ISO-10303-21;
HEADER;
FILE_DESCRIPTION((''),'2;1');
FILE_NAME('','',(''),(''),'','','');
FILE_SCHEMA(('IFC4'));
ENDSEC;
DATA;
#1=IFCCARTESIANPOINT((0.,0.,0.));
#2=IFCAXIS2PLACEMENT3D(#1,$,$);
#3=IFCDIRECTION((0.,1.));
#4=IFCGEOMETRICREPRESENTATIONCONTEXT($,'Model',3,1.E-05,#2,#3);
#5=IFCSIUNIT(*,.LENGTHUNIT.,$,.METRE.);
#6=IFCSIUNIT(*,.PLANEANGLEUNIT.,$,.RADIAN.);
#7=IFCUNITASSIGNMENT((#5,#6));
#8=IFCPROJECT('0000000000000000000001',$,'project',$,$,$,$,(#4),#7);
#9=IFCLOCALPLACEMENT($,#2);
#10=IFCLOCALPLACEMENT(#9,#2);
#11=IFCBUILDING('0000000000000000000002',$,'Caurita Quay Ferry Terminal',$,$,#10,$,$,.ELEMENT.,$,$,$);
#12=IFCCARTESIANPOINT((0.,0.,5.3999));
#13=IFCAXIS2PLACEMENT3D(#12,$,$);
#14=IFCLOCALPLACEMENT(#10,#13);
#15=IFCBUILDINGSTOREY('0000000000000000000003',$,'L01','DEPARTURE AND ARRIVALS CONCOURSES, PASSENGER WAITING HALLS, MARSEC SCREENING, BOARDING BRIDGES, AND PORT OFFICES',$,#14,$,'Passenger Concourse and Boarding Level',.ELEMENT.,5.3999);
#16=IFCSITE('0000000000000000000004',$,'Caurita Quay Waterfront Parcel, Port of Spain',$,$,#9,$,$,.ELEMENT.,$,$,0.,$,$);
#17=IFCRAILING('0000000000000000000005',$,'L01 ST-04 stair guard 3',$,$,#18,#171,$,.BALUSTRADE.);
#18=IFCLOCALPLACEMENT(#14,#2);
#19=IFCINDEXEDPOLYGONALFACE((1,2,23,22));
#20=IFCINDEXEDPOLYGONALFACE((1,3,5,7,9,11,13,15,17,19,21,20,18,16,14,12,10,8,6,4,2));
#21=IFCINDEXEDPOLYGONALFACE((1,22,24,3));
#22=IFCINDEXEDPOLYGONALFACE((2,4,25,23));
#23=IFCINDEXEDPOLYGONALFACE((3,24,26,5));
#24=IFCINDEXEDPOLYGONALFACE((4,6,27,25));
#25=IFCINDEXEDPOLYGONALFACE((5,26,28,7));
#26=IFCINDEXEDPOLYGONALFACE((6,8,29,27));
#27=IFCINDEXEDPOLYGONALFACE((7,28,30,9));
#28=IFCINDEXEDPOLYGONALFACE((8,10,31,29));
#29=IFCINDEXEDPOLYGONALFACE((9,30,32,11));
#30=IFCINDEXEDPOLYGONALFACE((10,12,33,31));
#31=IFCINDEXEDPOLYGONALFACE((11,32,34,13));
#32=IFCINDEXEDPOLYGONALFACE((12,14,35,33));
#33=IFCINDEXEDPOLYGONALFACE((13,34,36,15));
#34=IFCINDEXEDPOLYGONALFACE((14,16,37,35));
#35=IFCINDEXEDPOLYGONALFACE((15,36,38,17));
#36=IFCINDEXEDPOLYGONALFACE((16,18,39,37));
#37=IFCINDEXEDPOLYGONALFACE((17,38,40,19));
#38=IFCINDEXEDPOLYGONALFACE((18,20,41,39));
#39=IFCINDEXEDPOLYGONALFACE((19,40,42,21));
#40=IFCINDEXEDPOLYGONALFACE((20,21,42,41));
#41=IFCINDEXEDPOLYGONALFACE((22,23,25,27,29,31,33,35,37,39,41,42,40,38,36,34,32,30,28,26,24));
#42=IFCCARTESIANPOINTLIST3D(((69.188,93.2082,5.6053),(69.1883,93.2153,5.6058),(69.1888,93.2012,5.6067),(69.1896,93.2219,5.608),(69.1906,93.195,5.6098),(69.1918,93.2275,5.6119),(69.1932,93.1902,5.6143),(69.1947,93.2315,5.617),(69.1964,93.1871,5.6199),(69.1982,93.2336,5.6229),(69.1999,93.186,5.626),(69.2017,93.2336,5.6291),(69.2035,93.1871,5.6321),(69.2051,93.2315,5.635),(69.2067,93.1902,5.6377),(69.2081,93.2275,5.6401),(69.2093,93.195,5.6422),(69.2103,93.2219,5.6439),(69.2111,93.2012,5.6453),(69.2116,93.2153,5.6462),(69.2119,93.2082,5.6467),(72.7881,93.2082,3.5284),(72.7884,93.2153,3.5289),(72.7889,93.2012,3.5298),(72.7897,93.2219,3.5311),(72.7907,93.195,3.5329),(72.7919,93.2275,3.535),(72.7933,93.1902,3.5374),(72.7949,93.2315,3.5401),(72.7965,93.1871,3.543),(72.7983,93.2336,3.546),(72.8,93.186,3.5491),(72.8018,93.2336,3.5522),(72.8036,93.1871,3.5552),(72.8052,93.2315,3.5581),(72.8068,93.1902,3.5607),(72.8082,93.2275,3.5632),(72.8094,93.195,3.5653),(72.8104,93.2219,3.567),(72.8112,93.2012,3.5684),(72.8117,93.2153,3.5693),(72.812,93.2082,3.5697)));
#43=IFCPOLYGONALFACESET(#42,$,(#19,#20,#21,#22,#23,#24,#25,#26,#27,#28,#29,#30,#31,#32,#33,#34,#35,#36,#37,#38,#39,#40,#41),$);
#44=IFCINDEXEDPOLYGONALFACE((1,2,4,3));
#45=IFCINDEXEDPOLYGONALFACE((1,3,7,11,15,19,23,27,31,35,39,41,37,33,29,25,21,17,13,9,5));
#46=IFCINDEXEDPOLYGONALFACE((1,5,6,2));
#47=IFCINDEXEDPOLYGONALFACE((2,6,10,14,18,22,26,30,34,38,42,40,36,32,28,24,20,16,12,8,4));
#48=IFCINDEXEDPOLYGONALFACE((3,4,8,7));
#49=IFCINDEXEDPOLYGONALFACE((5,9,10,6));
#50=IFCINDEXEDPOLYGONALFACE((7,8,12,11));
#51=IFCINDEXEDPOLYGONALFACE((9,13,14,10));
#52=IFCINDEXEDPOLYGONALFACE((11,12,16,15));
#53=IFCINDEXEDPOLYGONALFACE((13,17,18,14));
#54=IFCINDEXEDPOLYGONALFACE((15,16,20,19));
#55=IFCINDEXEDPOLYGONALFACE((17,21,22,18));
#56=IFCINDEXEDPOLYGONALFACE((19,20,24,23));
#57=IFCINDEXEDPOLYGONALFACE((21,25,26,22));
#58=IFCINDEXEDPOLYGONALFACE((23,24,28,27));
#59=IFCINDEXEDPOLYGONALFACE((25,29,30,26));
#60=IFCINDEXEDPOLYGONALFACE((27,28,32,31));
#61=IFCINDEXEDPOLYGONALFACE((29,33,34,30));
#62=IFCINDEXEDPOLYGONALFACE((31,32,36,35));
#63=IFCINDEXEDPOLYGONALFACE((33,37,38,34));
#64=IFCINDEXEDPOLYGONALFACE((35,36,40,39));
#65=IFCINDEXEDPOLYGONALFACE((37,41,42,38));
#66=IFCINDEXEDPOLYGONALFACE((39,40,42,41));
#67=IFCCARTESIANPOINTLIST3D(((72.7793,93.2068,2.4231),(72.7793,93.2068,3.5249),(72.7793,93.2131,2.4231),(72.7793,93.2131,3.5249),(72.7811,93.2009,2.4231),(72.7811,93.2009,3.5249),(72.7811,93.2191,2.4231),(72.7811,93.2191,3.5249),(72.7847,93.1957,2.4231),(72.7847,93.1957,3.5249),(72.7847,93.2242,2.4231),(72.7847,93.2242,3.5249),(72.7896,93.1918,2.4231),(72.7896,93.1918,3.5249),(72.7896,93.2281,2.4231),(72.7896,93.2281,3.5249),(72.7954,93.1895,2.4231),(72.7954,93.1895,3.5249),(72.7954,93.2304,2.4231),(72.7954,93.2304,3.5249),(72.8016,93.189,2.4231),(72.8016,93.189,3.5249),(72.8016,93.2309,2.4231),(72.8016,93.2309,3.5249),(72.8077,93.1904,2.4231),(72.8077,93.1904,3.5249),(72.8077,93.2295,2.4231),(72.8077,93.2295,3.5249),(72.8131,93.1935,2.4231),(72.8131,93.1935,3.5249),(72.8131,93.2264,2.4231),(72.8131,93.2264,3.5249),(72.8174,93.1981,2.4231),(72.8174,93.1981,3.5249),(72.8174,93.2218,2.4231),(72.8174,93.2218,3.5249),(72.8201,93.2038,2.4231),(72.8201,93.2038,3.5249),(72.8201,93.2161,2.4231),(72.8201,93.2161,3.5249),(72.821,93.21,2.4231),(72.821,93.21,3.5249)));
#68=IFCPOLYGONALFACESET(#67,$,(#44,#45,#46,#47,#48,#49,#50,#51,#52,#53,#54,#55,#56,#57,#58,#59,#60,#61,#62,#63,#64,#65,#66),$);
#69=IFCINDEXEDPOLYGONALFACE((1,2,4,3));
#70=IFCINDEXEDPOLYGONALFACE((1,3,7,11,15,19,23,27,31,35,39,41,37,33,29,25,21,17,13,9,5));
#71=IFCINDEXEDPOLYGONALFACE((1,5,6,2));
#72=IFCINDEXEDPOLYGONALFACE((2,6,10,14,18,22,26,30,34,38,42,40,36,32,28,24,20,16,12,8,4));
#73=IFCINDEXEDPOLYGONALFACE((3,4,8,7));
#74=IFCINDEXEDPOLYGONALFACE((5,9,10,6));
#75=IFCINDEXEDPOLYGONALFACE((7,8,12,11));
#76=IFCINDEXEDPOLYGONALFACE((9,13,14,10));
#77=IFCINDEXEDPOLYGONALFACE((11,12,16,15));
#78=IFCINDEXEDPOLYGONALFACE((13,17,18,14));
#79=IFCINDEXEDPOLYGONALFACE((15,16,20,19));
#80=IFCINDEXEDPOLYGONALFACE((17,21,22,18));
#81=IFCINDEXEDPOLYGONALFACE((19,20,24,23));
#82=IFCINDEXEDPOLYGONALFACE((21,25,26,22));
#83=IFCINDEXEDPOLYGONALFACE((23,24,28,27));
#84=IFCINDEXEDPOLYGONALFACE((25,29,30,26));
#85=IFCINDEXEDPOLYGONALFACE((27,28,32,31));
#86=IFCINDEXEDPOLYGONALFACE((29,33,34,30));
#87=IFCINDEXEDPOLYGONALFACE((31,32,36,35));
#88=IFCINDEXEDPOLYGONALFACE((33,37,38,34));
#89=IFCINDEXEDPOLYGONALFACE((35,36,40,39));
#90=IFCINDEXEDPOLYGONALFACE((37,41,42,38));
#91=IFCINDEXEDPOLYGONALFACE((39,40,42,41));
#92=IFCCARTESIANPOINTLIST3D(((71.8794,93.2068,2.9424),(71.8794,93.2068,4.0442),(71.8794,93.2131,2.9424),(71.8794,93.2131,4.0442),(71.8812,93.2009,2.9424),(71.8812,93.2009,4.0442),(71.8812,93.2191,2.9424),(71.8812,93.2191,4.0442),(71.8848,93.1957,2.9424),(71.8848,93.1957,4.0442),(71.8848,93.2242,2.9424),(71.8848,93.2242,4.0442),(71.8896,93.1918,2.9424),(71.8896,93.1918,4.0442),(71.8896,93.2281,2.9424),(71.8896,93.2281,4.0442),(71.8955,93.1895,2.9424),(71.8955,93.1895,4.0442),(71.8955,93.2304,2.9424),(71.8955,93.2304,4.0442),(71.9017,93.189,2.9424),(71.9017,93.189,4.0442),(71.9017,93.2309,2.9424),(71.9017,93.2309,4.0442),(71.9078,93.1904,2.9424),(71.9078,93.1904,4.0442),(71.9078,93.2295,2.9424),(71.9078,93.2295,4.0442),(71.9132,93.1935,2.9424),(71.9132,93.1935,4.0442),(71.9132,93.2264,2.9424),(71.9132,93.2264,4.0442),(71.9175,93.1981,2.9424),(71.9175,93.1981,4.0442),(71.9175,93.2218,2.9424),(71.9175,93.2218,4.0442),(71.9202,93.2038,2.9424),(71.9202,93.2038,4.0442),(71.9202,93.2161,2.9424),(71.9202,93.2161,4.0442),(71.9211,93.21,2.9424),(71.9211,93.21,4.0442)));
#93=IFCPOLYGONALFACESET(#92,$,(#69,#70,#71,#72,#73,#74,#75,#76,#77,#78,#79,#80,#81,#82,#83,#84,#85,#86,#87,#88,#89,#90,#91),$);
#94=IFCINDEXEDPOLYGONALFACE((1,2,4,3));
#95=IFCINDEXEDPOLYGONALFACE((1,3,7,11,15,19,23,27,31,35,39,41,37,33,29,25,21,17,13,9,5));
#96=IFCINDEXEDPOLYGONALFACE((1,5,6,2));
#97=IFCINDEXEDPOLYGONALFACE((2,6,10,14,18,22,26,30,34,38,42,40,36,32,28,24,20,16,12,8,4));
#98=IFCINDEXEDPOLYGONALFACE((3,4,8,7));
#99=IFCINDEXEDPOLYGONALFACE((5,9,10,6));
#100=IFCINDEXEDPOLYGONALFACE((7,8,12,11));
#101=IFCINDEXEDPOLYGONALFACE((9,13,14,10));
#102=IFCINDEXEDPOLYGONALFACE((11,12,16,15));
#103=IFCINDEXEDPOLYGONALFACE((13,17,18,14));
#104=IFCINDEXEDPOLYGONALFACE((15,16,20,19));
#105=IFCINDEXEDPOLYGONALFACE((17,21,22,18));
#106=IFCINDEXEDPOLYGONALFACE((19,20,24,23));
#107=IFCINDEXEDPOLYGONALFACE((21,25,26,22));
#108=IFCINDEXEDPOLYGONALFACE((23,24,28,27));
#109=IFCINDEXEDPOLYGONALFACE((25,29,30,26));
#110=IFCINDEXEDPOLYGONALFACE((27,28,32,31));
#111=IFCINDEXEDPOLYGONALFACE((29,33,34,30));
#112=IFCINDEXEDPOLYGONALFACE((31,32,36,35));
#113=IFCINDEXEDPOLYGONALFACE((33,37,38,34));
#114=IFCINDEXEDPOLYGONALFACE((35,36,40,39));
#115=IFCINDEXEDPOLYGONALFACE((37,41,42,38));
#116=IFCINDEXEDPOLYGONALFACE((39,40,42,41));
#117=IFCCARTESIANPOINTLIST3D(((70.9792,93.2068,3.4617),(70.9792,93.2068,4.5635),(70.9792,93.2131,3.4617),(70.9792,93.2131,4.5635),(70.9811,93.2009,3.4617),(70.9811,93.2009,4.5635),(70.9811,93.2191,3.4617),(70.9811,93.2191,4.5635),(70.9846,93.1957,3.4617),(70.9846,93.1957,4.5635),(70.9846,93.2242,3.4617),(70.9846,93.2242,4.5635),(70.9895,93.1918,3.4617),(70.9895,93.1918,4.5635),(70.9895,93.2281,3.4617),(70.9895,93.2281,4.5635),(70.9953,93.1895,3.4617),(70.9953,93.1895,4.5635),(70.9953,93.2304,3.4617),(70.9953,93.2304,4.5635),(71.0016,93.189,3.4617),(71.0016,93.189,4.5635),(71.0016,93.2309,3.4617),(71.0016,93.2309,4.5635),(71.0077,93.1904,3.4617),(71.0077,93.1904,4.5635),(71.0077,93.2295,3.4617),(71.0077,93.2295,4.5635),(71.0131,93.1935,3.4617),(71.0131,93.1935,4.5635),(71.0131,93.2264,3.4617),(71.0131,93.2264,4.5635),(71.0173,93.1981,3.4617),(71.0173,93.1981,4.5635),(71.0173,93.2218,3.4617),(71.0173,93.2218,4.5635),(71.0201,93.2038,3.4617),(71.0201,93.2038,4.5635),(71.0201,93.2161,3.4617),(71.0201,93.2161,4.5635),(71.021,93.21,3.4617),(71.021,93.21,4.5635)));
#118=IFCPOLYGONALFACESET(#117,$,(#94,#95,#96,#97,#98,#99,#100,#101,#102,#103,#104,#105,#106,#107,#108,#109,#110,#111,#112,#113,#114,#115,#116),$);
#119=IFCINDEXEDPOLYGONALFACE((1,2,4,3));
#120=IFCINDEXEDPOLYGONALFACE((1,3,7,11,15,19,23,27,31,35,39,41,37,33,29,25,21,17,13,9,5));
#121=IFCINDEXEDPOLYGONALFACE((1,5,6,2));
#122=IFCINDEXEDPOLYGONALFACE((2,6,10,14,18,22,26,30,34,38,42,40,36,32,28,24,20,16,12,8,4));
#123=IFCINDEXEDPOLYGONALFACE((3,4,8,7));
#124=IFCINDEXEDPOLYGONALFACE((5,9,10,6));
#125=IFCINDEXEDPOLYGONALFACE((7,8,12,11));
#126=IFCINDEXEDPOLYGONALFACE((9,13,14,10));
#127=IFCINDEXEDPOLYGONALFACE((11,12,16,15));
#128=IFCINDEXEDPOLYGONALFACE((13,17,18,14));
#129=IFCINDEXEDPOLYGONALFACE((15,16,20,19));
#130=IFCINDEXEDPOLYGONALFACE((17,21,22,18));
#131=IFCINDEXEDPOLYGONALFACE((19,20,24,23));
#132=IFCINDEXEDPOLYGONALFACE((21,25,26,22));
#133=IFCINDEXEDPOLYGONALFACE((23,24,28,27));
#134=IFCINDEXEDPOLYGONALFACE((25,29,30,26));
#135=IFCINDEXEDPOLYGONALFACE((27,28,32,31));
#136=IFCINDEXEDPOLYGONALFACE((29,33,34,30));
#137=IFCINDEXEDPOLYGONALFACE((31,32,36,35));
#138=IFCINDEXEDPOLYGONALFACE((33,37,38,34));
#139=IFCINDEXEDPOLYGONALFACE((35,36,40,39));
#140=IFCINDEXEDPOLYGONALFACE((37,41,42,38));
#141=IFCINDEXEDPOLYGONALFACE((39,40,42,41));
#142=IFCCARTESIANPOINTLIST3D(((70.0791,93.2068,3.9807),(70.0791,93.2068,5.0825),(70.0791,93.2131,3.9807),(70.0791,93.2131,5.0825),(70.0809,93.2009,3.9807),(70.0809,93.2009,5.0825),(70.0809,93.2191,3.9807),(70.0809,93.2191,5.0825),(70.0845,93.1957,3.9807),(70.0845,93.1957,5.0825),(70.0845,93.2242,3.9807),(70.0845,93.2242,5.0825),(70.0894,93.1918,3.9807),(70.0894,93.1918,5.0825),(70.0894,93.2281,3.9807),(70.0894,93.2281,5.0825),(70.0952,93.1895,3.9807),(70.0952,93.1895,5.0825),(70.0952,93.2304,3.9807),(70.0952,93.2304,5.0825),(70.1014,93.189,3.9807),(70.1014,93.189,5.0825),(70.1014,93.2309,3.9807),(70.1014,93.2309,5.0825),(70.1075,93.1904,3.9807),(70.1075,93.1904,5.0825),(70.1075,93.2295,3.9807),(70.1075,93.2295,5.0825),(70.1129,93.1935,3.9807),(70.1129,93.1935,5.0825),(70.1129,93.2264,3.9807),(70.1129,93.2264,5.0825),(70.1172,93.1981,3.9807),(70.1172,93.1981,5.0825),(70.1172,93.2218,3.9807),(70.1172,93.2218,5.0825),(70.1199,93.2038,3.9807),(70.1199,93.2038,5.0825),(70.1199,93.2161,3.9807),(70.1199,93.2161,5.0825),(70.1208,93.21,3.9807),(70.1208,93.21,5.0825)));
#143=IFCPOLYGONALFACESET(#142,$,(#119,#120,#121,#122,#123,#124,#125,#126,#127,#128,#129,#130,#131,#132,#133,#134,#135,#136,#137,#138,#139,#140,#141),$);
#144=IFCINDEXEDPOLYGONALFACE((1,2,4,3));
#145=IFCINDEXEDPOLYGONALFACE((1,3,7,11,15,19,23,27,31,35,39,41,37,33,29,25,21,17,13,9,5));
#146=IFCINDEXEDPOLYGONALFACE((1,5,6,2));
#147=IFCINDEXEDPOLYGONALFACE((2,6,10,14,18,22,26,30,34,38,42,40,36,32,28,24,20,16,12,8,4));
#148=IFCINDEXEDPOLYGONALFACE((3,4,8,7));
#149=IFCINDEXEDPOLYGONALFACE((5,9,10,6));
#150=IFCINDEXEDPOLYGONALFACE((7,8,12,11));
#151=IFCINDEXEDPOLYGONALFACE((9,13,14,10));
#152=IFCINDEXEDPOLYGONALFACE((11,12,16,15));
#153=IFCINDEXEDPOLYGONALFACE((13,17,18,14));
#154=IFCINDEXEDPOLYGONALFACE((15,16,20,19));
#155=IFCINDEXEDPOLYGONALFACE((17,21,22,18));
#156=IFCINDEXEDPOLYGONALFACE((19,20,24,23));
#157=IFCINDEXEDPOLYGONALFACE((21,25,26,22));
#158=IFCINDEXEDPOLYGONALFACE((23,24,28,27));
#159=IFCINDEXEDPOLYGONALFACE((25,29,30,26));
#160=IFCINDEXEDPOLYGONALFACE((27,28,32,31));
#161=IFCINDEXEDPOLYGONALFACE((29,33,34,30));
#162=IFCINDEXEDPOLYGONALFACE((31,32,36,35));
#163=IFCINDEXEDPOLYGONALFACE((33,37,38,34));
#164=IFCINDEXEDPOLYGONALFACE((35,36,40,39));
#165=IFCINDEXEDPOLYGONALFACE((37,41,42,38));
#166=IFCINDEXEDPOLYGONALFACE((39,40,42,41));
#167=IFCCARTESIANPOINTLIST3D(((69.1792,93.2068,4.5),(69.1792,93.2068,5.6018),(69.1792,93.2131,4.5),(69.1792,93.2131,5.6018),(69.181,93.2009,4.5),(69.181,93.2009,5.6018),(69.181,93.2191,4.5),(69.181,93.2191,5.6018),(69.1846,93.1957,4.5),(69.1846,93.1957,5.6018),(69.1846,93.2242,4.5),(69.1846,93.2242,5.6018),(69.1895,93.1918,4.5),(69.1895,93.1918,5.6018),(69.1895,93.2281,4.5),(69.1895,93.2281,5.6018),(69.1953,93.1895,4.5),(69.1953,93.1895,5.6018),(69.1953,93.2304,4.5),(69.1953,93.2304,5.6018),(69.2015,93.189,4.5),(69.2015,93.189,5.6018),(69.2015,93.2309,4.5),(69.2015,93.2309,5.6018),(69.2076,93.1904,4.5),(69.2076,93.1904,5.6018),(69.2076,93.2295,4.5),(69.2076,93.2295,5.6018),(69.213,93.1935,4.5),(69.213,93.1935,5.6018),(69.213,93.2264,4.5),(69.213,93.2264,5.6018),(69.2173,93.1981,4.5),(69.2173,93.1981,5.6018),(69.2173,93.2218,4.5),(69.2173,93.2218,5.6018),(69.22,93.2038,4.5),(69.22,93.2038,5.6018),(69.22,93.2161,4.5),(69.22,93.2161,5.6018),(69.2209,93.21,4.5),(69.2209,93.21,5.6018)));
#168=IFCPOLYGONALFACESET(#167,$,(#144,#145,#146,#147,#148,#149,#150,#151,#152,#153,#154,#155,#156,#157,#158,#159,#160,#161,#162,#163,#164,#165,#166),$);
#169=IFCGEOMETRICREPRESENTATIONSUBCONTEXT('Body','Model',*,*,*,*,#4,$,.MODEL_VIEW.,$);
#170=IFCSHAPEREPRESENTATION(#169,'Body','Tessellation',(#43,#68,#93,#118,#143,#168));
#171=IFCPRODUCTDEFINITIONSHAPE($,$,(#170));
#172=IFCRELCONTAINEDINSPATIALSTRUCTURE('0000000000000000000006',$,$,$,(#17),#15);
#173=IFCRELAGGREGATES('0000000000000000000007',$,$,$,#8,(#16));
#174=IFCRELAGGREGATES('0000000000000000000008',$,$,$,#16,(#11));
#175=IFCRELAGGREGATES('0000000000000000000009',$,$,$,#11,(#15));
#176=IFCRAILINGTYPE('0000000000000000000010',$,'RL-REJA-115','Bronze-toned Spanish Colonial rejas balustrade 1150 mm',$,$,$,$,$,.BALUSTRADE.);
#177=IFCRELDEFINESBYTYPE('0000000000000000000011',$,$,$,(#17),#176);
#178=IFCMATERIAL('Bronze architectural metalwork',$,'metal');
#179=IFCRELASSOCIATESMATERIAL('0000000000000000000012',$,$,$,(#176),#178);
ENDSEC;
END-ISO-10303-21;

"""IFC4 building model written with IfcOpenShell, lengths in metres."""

from ifc_helpers import new_model, si_unit, direction, frame, origin, origin_2d, place, context, subcontext, project, spatial, circle, extrude, material, type_object, element, save


model = new_model("IFC4")

# Units and contexts
model_context = context("Model", 3, precision=1e-05, world=origin(), true_north=direction((0.0, 1.0)))
body_context = subcontext(model_context, "Body", "Model", "MODEL_VIEW")
ifc_project = project(units=[si_unit("LENGTHUNIT", "METRE"), si_unit("PLANEANGLEUNIT", "RADIAN")], contexts=[model_context])

# Site, building, storey
site_placement = place(None, origin())
site = spatial("IfcSite", under=ifc_project, at=site_placement, Name="Caurita Quay Waterfront Parcel, Port of Spain", CompositionType="ELEMENT", RefElevation=0.0)
building_placement = place(site_placement, origin())
building = spatial("IfcBuilding", under=site, at=building_placement, Name="Caurita Quay Ferry Terminal", CompositionType="ELEMENT")
storey_placement = place(building_placement, frame((0.0, 0.0, 5.3999)))
storey = spatial("IfcBuildingStorey", under=building, at=storey_placement, Name="L01", Description="DEPARTURE AND ARRIVALS CONCOURSES, PASSENGER WAITING HALLS, MARSEC SCREENING, BOARDING BRIDGES, AND PORT OFFICES", LongName="Passenger Concourse and Boarding Level", CompositionType="ELEMENT", Elevation=5.3999)

# Railing
ifc_material_1 = material(Name="Bronze architectural metalwork", Category="metal")
railing_type_1 = type_object("IfcRailingType", Name="RL-REJA-115", Description="Bronze-toned Spanish Colonial rejas balustrade 1150 mm", PredefinedType="BALUSTRADE", material=ifc_material_1)
railing_1_placement = place(storey_placement, frame((72.8, 93.21, 2.4231)))
element("IfcRailing", 1, at=railing_1_placement, inside=storey, type_object=railing_type_1, Name="L01 ST-04 stair guard 3", PredefinedType="BALUSTRADE", context=body_context, shape_type="SweptSolid", body=[
    extrude(circle(Radius=0.0239, at=origin_2d()), frame((0.0, 0.0, 1.126), z_axis=(-0.866193, 0.0, 0.499709), x_axis=(0.0, -1.0, 0.0)), (0.0, 0.0, 1.0), 4.1562),
    extrude(circle(Radius=0.021, at=origin_2d()), origin(), (0.0, 0.0, 1.0), 1.1018),
    extrude(circle(Radius=0.021, at=origin_2d()), frame((-0.8999, 0.0, 0.5193)), (0.0, 0.0, 1.0), 1.1018),
    extrude(circle(Radius=0.021, at=origin_2d()), frame((-1.8, 0.0, 1.0386)), (0.0, 0.0, 1.0), 1.1018),
    extrude(circle(Radius=0.021, at=origin_2d()), frame((-2.7002, 0.0, 1.5576)), (0.0, 0.0, 1.0), 1.1018),
    extrude(circle(Radius=0.021, at=origin_2d()), frame((-3.6001, 0.0, 2.0769)), (0.0, 0.0, 1.0), 1.1018),
])

save(model, "model.ifc")
